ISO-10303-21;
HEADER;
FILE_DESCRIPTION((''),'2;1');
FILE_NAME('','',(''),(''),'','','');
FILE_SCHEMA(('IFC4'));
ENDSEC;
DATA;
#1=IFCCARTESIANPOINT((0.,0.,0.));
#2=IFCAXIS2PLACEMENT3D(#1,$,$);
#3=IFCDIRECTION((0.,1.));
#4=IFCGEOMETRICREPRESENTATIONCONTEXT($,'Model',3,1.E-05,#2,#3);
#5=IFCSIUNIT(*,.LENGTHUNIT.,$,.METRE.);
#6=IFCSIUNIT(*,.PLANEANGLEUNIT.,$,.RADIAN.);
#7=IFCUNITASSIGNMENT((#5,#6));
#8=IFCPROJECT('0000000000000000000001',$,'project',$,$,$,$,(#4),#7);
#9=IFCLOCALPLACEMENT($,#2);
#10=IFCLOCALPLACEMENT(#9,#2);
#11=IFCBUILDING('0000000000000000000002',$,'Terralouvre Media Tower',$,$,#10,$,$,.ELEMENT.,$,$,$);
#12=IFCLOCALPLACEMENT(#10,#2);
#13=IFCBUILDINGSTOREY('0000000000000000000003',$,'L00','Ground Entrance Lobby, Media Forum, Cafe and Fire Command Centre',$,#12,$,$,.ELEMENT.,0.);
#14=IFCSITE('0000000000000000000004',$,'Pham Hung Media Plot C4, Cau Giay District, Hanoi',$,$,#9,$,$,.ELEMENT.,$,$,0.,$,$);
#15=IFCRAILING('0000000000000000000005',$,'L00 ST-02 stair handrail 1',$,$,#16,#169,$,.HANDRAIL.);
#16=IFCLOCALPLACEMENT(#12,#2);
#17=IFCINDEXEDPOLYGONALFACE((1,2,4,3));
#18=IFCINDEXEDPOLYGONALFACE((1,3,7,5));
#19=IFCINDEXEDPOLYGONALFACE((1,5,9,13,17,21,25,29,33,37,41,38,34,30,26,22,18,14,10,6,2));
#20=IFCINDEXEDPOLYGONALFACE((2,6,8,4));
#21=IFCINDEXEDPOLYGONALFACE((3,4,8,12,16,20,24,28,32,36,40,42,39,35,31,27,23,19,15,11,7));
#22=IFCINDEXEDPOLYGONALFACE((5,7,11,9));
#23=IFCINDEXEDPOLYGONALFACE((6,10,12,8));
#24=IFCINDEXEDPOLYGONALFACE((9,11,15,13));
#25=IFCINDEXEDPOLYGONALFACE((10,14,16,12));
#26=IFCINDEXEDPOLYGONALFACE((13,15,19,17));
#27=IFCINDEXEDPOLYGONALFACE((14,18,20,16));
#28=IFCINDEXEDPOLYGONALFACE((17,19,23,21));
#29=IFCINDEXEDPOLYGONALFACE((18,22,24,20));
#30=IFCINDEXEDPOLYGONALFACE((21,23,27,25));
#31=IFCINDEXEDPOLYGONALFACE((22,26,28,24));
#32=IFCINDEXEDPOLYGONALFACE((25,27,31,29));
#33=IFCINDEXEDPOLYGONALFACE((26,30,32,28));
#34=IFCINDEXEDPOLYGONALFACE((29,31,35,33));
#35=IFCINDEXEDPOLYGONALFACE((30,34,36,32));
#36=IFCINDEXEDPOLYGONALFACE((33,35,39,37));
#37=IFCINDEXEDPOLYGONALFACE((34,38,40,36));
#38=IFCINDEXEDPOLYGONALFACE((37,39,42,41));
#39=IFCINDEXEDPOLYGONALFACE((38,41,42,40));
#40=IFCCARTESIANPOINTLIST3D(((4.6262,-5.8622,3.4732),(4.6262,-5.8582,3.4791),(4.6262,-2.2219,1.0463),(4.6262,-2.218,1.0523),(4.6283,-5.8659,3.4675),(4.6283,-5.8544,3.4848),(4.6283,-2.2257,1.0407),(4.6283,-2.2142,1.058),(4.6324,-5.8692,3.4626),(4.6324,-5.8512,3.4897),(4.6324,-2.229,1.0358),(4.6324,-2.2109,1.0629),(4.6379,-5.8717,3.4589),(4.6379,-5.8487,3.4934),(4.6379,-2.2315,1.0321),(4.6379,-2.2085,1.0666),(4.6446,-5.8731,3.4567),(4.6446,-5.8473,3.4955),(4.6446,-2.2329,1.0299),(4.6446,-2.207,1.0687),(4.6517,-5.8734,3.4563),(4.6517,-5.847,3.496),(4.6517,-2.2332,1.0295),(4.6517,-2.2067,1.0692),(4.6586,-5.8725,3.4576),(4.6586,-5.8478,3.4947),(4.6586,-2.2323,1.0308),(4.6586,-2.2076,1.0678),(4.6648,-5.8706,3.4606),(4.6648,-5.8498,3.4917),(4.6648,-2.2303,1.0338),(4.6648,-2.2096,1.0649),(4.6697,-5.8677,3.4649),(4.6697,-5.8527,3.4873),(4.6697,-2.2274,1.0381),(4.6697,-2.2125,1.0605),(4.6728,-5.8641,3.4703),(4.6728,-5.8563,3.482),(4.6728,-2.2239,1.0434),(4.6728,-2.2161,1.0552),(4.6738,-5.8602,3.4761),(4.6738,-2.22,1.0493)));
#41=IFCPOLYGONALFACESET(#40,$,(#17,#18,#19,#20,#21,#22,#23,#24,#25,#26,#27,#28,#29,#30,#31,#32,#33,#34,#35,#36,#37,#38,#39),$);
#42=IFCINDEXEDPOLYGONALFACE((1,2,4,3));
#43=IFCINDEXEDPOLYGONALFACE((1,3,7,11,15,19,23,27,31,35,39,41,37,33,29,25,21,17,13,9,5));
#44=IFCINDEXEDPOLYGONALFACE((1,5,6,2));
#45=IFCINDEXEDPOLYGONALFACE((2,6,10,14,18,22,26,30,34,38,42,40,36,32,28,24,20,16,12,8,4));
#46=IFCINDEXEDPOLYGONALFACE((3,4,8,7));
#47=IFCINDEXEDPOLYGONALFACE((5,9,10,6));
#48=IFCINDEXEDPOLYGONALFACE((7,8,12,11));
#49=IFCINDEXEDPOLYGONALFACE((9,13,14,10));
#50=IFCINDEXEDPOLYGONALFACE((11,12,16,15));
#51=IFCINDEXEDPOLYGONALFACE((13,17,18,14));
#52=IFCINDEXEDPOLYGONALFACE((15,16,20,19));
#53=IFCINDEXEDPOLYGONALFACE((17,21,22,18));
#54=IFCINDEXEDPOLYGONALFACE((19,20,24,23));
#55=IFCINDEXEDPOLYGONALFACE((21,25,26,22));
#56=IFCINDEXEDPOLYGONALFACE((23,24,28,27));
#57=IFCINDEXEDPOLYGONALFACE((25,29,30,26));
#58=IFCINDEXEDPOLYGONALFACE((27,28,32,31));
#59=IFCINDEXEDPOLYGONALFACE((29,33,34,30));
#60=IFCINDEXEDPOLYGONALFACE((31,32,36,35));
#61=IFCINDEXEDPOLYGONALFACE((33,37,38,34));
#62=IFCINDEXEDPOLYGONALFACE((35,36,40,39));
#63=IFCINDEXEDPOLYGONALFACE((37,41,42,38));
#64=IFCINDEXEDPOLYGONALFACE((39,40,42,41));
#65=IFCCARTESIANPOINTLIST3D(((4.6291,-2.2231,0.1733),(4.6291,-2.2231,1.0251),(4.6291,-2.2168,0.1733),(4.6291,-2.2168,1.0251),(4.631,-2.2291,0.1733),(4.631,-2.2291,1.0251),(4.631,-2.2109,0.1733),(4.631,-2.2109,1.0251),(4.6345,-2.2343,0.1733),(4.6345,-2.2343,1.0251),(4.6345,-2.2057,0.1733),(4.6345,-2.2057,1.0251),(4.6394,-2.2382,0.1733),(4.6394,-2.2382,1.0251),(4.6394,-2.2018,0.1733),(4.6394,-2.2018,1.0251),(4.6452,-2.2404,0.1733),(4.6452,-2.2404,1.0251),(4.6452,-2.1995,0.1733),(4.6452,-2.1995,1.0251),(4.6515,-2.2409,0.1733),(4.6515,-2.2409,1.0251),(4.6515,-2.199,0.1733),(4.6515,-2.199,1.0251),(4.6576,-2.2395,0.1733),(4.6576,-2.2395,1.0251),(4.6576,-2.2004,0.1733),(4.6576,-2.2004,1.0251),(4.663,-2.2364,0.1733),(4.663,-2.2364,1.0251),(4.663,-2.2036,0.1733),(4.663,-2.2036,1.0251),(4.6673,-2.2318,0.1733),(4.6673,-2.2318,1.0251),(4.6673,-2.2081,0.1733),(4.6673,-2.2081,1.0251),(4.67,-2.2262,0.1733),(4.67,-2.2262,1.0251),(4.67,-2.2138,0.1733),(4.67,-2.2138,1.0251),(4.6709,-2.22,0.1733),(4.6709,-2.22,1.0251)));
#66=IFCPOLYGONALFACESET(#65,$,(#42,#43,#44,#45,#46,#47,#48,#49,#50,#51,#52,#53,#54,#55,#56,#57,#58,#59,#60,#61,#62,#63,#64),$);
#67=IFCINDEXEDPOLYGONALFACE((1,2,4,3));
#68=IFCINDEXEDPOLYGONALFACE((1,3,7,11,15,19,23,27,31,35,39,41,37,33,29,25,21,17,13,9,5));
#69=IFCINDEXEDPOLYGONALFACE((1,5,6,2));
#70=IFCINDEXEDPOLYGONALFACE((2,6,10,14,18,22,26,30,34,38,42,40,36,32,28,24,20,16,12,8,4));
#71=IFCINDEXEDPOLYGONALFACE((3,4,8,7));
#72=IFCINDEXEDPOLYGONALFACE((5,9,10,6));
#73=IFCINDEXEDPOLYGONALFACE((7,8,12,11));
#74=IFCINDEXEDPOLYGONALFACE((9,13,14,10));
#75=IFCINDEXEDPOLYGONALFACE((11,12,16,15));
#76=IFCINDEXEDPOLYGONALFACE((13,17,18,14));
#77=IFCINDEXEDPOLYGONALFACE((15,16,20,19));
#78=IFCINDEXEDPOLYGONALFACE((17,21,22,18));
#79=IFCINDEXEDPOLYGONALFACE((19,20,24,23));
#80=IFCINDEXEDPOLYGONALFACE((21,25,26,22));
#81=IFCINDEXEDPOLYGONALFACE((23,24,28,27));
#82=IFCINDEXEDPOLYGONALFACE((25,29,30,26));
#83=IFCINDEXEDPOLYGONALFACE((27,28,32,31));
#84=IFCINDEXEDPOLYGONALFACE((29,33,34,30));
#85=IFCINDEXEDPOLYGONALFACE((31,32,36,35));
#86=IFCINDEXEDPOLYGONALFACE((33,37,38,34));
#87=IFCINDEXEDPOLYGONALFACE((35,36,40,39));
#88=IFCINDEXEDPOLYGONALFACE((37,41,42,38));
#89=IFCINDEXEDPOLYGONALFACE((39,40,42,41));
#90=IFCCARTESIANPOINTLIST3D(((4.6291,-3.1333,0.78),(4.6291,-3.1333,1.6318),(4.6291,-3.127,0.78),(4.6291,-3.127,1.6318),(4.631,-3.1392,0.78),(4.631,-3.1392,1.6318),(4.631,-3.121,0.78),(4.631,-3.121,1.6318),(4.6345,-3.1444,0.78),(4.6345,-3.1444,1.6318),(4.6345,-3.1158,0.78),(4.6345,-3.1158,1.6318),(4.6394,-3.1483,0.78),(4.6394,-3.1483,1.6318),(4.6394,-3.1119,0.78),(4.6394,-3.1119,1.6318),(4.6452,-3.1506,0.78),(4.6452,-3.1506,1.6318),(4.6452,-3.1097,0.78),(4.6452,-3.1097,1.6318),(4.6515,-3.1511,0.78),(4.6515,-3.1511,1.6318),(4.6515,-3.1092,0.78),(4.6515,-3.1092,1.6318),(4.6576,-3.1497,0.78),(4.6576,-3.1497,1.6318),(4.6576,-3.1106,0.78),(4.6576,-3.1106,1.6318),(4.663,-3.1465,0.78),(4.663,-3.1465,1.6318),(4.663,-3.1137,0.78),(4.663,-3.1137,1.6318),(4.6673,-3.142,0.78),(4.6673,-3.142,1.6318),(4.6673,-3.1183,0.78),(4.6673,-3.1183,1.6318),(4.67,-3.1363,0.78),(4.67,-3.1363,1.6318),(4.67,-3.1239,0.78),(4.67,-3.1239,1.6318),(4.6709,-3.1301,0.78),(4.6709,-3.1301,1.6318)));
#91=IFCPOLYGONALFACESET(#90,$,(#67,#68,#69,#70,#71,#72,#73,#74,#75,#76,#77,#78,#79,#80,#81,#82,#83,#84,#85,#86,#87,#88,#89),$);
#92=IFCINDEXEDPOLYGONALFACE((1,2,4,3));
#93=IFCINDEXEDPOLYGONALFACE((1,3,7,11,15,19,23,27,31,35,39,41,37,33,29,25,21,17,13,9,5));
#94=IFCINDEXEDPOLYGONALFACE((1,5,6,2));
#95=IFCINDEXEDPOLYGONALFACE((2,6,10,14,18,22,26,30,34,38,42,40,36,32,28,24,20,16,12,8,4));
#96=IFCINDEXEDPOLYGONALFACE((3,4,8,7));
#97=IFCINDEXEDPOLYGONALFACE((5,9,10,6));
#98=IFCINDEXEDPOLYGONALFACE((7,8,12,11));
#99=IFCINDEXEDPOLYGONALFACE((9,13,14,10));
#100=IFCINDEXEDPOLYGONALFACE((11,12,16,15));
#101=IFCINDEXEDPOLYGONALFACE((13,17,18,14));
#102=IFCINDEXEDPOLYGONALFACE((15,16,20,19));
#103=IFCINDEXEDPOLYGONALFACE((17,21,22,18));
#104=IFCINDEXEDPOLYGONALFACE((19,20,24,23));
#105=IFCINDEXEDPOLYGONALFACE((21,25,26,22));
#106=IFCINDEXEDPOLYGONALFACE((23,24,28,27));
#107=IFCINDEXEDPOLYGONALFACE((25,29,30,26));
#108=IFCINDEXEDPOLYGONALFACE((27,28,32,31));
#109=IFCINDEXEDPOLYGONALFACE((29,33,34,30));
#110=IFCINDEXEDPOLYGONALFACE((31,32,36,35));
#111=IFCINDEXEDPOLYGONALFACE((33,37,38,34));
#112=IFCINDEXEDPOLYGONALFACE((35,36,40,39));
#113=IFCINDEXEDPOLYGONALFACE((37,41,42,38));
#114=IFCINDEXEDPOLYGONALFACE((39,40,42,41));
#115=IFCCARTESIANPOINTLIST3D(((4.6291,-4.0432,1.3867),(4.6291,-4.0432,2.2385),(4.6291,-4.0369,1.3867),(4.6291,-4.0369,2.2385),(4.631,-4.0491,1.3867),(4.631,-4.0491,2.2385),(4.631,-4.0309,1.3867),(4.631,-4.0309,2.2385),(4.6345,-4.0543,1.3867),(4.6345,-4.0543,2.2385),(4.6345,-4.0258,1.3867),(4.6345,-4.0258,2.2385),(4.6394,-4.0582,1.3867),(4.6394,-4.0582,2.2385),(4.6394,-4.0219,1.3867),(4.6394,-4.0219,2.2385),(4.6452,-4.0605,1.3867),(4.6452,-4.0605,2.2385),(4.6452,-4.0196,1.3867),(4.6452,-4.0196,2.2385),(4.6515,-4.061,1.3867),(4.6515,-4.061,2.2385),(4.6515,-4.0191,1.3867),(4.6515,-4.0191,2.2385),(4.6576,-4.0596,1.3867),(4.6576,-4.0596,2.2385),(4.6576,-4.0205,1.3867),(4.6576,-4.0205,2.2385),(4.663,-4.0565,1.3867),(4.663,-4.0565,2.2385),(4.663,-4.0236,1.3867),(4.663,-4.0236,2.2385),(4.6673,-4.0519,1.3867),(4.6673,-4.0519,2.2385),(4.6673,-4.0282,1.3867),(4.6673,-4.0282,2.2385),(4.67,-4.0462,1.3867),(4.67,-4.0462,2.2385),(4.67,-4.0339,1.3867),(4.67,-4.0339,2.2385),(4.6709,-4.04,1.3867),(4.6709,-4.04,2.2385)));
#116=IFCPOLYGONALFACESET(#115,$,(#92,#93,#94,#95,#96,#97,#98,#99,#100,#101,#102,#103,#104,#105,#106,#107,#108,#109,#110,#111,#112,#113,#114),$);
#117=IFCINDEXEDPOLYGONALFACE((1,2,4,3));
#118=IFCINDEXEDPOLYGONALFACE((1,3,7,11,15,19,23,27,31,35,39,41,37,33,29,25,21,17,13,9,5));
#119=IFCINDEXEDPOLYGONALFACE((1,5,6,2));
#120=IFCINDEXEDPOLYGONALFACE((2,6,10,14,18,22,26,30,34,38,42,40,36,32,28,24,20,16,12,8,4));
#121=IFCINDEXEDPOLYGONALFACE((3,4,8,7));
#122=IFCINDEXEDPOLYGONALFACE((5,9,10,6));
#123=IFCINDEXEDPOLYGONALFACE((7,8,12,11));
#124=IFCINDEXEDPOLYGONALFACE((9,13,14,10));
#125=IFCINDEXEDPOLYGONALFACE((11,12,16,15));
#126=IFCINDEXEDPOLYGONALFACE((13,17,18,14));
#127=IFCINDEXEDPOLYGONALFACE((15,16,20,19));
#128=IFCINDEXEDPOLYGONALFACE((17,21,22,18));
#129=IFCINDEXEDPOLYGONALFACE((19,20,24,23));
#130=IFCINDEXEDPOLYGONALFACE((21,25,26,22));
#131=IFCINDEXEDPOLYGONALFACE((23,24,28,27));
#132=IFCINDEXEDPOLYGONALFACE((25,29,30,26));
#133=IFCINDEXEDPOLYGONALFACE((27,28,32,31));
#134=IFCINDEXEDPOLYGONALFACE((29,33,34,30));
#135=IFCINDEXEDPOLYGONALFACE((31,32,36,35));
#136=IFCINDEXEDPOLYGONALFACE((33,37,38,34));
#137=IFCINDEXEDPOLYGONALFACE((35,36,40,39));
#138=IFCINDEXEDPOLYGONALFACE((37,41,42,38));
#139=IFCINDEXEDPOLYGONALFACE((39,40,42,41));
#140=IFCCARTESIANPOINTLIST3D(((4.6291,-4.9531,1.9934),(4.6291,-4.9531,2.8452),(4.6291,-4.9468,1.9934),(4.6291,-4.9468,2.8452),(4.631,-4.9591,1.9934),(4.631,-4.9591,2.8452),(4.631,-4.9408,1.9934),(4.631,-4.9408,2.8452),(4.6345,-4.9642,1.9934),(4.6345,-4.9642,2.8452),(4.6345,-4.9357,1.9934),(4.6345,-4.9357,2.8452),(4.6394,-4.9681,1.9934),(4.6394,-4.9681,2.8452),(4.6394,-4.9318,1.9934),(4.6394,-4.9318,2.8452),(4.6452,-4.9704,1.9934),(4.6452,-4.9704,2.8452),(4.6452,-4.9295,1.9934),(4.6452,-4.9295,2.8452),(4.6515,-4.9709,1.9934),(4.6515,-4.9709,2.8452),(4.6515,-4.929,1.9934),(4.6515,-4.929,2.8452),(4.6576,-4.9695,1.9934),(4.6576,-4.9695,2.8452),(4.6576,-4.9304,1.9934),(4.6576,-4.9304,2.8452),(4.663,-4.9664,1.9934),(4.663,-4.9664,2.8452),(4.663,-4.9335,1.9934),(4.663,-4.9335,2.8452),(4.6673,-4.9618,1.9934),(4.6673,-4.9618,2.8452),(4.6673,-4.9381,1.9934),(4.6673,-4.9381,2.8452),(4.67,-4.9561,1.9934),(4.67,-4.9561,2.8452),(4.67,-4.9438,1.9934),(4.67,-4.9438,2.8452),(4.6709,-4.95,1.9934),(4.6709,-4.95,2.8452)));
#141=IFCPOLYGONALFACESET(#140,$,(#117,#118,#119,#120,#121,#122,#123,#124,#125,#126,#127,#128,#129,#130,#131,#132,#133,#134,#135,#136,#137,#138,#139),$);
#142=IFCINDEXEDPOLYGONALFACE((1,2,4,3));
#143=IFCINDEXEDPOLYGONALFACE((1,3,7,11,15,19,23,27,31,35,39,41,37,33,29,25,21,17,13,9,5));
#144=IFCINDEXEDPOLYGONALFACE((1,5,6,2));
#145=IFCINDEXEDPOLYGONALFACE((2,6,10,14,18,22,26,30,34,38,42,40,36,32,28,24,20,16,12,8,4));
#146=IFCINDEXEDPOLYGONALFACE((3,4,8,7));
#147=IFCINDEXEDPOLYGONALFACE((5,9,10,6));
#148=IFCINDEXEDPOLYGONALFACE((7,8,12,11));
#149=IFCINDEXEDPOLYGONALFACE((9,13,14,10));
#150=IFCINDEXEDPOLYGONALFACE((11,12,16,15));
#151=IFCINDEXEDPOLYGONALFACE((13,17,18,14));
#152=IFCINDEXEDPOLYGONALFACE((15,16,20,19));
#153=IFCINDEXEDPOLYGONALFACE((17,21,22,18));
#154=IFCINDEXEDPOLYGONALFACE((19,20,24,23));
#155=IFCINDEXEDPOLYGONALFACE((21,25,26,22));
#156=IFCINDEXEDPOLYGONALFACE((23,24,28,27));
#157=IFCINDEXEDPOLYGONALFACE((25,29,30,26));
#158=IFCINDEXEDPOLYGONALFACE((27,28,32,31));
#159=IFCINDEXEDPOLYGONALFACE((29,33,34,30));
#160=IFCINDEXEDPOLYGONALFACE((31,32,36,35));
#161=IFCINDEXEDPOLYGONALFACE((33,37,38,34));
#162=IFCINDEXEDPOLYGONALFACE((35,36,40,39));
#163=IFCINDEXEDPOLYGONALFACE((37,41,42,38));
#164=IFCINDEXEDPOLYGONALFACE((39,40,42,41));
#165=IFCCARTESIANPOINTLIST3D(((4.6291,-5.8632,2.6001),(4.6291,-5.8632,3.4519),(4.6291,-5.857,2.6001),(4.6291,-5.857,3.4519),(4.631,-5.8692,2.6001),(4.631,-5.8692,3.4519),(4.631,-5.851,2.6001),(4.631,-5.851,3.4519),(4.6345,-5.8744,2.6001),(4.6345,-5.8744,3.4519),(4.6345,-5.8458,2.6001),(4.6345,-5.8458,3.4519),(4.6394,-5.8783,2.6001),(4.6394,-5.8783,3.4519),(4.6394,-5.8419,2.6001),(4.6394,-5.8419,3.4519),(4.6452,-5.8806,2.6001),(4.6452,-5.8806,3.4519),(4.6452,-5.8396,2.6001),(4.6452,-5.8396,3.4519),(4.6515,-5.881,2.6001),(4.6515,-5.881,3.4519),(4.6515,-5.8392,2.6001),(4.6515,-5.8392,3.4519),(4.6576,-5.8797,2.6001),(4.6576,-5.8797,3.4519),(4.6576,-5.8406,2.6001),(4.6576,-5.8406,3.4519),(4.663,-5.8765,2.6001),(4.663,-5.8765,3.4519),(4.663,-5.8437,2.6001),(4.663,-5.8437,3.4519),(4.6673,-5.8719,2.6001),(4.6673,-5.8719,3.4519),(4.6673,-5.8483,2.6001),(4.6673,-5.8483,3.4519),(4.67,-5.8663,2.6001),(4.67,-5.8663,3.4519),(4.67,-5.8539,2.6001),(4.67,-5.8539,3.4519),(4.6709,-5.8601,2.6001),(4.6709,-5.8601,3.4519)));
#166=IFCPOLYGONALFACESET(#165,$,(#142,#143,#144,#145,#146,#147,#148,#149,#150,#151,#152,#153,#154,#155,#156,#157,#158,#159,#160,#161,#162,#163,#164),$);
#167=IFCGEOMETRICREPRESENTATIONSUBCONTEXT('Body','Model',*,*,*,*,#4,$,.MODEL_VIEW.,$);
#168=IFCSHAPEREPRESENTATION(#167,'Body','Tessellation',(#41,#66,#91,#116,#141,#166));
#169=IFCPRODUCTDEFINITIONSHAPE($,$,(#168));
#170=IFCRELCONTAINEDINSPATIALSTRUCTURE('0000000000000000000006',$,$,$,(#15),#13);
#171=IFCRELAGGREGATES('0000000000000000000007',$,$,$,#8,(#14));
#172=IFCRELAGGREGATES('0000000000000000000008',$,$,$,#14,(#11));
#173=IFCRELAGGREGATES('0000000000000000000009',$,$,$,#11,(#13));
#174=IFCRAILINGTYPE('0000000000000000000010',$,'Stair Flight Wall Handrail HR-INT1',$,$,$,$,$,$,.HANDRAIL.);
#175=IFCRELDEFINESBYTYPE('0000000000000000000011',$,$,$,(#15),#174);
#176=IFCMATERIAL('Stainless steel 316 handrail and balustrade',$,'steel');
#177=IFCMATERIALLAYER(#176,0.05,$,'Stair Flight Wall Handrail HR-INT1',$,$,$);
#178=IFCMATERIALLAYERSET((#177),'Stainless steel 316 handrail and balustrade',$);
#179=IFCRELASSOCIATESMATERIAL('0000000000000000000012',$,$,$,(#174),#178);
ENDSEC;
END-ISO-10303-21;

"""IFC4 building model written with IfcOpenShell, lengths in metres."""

from ifc_helpers import new_model, si_unit, direction, frame, origin, origin_2d, place, context, subcontext, project, spatial, circle, extrude, material, layer, layer_set, type_object, element, save


model = new_model("IFC4")

# Units and contexts
model_context = context("Model", 3, precision=1e-05, world=origin(), true_north=direction((0.0, 1.0)))
body_context = subcontext(model_context, "Body", "Model", "MODEL_VIEW")
ifc_project = project(units=[si_unit("LENGTHUNIT", "METRE"), si_unit("PLANEANGLEUNIT", "RADIAN")], contexts=[model_context])

# Site, building, storey
site_placement = place(None, origin())
site = spatial("IfcSite", under=ifc_project, at=site_placement, Name="Pham Hung Media Plot C4, Cau Giay District, Hanoi", CompositionType="ELEMENT", RefElevation=0.0)
building_placement = place(site_placement, origin())
building = spatial("IfcBuilding", under=site, at=building_placement, Name="Terralouvre Media Tower", CompositionType="ELEMENT")
storey_placement = place(building_placement, origin())
storey = spatial("IfcBuildingStorey", under=building, at=storey_placement, Name="L00", Description="Ground Entrance Lobby, Media Forum, Cafe and Fire Command Centre", CompositionType="ELEMENT", Elevation=0.0)

# Railing
ifc_material_1 = material(Name="Stainless steel 316 handrail and balustrade", Category="steel")
ifc_layer_1 = layer(ifc_material_1, 0.05, Name="Stair Flight Wall Handrail HR-INT1")
ifc_layer_set_1 = layer_set([ifc_layer_1], Name="Stainless steel 316 handrail and balustrade")
railing_type_1 = type_object("IfcRailingType", Name="Stair Flight Wall Handrail HR-INT1", PredefinedType="HANDRAIL", material=ifc_layer_set_1)
railing_1_placement = place(storey_placement, frame((4.6499, -2.22, 0.1733)))
element("IfcRailing", 1, at=railing_1_placement, inside=storey, type_object=railing_type_1, Name="L00 ST-02 stair handrail 1", PredefinedType="HANDRAIL", context=body_context, shape_type="SweptSolid", body=[
    extrude(circle(Radius=0.0239, at=origin_2d()), frame((0.0, 0.0, 0.876), z_axis=(0.0, -0.83205, 0.5547), x_axis=(1.0, 0.0, 0.0)), (0.0, 0.0, 1.0), 4.375),
    extrude(circle(Radius=0.021, at=origin_2d()), origin(), (0.0, 0.0, 1.0), 0.8518),
    extrude(circle(Radius=0.021, at=origin_2d()), frame((0.0, -0.9102, 0.6067)), (0.0, 0.0, 1.0), 0.8518),
    extrude(circle(Radius=0.021, at=origin_2d()), frame((0.0, -1.8201, 1.2134)), (0.0, 0.0, 1.0), 0.8518),
    extrude(circle(Radius=0.021, at=origin_2d()), frame((0.0, -2.73, 1.8201)), (0.0, 0.0, 1.0), 0.8518),
    extrude(circle(Radius=0.021, at=origin_2d()), frame((0.0, -3.6401, 2.4268)), (0.0, 0.0, 1.0), 0.8518),
])

save(model, "model.ifc")
